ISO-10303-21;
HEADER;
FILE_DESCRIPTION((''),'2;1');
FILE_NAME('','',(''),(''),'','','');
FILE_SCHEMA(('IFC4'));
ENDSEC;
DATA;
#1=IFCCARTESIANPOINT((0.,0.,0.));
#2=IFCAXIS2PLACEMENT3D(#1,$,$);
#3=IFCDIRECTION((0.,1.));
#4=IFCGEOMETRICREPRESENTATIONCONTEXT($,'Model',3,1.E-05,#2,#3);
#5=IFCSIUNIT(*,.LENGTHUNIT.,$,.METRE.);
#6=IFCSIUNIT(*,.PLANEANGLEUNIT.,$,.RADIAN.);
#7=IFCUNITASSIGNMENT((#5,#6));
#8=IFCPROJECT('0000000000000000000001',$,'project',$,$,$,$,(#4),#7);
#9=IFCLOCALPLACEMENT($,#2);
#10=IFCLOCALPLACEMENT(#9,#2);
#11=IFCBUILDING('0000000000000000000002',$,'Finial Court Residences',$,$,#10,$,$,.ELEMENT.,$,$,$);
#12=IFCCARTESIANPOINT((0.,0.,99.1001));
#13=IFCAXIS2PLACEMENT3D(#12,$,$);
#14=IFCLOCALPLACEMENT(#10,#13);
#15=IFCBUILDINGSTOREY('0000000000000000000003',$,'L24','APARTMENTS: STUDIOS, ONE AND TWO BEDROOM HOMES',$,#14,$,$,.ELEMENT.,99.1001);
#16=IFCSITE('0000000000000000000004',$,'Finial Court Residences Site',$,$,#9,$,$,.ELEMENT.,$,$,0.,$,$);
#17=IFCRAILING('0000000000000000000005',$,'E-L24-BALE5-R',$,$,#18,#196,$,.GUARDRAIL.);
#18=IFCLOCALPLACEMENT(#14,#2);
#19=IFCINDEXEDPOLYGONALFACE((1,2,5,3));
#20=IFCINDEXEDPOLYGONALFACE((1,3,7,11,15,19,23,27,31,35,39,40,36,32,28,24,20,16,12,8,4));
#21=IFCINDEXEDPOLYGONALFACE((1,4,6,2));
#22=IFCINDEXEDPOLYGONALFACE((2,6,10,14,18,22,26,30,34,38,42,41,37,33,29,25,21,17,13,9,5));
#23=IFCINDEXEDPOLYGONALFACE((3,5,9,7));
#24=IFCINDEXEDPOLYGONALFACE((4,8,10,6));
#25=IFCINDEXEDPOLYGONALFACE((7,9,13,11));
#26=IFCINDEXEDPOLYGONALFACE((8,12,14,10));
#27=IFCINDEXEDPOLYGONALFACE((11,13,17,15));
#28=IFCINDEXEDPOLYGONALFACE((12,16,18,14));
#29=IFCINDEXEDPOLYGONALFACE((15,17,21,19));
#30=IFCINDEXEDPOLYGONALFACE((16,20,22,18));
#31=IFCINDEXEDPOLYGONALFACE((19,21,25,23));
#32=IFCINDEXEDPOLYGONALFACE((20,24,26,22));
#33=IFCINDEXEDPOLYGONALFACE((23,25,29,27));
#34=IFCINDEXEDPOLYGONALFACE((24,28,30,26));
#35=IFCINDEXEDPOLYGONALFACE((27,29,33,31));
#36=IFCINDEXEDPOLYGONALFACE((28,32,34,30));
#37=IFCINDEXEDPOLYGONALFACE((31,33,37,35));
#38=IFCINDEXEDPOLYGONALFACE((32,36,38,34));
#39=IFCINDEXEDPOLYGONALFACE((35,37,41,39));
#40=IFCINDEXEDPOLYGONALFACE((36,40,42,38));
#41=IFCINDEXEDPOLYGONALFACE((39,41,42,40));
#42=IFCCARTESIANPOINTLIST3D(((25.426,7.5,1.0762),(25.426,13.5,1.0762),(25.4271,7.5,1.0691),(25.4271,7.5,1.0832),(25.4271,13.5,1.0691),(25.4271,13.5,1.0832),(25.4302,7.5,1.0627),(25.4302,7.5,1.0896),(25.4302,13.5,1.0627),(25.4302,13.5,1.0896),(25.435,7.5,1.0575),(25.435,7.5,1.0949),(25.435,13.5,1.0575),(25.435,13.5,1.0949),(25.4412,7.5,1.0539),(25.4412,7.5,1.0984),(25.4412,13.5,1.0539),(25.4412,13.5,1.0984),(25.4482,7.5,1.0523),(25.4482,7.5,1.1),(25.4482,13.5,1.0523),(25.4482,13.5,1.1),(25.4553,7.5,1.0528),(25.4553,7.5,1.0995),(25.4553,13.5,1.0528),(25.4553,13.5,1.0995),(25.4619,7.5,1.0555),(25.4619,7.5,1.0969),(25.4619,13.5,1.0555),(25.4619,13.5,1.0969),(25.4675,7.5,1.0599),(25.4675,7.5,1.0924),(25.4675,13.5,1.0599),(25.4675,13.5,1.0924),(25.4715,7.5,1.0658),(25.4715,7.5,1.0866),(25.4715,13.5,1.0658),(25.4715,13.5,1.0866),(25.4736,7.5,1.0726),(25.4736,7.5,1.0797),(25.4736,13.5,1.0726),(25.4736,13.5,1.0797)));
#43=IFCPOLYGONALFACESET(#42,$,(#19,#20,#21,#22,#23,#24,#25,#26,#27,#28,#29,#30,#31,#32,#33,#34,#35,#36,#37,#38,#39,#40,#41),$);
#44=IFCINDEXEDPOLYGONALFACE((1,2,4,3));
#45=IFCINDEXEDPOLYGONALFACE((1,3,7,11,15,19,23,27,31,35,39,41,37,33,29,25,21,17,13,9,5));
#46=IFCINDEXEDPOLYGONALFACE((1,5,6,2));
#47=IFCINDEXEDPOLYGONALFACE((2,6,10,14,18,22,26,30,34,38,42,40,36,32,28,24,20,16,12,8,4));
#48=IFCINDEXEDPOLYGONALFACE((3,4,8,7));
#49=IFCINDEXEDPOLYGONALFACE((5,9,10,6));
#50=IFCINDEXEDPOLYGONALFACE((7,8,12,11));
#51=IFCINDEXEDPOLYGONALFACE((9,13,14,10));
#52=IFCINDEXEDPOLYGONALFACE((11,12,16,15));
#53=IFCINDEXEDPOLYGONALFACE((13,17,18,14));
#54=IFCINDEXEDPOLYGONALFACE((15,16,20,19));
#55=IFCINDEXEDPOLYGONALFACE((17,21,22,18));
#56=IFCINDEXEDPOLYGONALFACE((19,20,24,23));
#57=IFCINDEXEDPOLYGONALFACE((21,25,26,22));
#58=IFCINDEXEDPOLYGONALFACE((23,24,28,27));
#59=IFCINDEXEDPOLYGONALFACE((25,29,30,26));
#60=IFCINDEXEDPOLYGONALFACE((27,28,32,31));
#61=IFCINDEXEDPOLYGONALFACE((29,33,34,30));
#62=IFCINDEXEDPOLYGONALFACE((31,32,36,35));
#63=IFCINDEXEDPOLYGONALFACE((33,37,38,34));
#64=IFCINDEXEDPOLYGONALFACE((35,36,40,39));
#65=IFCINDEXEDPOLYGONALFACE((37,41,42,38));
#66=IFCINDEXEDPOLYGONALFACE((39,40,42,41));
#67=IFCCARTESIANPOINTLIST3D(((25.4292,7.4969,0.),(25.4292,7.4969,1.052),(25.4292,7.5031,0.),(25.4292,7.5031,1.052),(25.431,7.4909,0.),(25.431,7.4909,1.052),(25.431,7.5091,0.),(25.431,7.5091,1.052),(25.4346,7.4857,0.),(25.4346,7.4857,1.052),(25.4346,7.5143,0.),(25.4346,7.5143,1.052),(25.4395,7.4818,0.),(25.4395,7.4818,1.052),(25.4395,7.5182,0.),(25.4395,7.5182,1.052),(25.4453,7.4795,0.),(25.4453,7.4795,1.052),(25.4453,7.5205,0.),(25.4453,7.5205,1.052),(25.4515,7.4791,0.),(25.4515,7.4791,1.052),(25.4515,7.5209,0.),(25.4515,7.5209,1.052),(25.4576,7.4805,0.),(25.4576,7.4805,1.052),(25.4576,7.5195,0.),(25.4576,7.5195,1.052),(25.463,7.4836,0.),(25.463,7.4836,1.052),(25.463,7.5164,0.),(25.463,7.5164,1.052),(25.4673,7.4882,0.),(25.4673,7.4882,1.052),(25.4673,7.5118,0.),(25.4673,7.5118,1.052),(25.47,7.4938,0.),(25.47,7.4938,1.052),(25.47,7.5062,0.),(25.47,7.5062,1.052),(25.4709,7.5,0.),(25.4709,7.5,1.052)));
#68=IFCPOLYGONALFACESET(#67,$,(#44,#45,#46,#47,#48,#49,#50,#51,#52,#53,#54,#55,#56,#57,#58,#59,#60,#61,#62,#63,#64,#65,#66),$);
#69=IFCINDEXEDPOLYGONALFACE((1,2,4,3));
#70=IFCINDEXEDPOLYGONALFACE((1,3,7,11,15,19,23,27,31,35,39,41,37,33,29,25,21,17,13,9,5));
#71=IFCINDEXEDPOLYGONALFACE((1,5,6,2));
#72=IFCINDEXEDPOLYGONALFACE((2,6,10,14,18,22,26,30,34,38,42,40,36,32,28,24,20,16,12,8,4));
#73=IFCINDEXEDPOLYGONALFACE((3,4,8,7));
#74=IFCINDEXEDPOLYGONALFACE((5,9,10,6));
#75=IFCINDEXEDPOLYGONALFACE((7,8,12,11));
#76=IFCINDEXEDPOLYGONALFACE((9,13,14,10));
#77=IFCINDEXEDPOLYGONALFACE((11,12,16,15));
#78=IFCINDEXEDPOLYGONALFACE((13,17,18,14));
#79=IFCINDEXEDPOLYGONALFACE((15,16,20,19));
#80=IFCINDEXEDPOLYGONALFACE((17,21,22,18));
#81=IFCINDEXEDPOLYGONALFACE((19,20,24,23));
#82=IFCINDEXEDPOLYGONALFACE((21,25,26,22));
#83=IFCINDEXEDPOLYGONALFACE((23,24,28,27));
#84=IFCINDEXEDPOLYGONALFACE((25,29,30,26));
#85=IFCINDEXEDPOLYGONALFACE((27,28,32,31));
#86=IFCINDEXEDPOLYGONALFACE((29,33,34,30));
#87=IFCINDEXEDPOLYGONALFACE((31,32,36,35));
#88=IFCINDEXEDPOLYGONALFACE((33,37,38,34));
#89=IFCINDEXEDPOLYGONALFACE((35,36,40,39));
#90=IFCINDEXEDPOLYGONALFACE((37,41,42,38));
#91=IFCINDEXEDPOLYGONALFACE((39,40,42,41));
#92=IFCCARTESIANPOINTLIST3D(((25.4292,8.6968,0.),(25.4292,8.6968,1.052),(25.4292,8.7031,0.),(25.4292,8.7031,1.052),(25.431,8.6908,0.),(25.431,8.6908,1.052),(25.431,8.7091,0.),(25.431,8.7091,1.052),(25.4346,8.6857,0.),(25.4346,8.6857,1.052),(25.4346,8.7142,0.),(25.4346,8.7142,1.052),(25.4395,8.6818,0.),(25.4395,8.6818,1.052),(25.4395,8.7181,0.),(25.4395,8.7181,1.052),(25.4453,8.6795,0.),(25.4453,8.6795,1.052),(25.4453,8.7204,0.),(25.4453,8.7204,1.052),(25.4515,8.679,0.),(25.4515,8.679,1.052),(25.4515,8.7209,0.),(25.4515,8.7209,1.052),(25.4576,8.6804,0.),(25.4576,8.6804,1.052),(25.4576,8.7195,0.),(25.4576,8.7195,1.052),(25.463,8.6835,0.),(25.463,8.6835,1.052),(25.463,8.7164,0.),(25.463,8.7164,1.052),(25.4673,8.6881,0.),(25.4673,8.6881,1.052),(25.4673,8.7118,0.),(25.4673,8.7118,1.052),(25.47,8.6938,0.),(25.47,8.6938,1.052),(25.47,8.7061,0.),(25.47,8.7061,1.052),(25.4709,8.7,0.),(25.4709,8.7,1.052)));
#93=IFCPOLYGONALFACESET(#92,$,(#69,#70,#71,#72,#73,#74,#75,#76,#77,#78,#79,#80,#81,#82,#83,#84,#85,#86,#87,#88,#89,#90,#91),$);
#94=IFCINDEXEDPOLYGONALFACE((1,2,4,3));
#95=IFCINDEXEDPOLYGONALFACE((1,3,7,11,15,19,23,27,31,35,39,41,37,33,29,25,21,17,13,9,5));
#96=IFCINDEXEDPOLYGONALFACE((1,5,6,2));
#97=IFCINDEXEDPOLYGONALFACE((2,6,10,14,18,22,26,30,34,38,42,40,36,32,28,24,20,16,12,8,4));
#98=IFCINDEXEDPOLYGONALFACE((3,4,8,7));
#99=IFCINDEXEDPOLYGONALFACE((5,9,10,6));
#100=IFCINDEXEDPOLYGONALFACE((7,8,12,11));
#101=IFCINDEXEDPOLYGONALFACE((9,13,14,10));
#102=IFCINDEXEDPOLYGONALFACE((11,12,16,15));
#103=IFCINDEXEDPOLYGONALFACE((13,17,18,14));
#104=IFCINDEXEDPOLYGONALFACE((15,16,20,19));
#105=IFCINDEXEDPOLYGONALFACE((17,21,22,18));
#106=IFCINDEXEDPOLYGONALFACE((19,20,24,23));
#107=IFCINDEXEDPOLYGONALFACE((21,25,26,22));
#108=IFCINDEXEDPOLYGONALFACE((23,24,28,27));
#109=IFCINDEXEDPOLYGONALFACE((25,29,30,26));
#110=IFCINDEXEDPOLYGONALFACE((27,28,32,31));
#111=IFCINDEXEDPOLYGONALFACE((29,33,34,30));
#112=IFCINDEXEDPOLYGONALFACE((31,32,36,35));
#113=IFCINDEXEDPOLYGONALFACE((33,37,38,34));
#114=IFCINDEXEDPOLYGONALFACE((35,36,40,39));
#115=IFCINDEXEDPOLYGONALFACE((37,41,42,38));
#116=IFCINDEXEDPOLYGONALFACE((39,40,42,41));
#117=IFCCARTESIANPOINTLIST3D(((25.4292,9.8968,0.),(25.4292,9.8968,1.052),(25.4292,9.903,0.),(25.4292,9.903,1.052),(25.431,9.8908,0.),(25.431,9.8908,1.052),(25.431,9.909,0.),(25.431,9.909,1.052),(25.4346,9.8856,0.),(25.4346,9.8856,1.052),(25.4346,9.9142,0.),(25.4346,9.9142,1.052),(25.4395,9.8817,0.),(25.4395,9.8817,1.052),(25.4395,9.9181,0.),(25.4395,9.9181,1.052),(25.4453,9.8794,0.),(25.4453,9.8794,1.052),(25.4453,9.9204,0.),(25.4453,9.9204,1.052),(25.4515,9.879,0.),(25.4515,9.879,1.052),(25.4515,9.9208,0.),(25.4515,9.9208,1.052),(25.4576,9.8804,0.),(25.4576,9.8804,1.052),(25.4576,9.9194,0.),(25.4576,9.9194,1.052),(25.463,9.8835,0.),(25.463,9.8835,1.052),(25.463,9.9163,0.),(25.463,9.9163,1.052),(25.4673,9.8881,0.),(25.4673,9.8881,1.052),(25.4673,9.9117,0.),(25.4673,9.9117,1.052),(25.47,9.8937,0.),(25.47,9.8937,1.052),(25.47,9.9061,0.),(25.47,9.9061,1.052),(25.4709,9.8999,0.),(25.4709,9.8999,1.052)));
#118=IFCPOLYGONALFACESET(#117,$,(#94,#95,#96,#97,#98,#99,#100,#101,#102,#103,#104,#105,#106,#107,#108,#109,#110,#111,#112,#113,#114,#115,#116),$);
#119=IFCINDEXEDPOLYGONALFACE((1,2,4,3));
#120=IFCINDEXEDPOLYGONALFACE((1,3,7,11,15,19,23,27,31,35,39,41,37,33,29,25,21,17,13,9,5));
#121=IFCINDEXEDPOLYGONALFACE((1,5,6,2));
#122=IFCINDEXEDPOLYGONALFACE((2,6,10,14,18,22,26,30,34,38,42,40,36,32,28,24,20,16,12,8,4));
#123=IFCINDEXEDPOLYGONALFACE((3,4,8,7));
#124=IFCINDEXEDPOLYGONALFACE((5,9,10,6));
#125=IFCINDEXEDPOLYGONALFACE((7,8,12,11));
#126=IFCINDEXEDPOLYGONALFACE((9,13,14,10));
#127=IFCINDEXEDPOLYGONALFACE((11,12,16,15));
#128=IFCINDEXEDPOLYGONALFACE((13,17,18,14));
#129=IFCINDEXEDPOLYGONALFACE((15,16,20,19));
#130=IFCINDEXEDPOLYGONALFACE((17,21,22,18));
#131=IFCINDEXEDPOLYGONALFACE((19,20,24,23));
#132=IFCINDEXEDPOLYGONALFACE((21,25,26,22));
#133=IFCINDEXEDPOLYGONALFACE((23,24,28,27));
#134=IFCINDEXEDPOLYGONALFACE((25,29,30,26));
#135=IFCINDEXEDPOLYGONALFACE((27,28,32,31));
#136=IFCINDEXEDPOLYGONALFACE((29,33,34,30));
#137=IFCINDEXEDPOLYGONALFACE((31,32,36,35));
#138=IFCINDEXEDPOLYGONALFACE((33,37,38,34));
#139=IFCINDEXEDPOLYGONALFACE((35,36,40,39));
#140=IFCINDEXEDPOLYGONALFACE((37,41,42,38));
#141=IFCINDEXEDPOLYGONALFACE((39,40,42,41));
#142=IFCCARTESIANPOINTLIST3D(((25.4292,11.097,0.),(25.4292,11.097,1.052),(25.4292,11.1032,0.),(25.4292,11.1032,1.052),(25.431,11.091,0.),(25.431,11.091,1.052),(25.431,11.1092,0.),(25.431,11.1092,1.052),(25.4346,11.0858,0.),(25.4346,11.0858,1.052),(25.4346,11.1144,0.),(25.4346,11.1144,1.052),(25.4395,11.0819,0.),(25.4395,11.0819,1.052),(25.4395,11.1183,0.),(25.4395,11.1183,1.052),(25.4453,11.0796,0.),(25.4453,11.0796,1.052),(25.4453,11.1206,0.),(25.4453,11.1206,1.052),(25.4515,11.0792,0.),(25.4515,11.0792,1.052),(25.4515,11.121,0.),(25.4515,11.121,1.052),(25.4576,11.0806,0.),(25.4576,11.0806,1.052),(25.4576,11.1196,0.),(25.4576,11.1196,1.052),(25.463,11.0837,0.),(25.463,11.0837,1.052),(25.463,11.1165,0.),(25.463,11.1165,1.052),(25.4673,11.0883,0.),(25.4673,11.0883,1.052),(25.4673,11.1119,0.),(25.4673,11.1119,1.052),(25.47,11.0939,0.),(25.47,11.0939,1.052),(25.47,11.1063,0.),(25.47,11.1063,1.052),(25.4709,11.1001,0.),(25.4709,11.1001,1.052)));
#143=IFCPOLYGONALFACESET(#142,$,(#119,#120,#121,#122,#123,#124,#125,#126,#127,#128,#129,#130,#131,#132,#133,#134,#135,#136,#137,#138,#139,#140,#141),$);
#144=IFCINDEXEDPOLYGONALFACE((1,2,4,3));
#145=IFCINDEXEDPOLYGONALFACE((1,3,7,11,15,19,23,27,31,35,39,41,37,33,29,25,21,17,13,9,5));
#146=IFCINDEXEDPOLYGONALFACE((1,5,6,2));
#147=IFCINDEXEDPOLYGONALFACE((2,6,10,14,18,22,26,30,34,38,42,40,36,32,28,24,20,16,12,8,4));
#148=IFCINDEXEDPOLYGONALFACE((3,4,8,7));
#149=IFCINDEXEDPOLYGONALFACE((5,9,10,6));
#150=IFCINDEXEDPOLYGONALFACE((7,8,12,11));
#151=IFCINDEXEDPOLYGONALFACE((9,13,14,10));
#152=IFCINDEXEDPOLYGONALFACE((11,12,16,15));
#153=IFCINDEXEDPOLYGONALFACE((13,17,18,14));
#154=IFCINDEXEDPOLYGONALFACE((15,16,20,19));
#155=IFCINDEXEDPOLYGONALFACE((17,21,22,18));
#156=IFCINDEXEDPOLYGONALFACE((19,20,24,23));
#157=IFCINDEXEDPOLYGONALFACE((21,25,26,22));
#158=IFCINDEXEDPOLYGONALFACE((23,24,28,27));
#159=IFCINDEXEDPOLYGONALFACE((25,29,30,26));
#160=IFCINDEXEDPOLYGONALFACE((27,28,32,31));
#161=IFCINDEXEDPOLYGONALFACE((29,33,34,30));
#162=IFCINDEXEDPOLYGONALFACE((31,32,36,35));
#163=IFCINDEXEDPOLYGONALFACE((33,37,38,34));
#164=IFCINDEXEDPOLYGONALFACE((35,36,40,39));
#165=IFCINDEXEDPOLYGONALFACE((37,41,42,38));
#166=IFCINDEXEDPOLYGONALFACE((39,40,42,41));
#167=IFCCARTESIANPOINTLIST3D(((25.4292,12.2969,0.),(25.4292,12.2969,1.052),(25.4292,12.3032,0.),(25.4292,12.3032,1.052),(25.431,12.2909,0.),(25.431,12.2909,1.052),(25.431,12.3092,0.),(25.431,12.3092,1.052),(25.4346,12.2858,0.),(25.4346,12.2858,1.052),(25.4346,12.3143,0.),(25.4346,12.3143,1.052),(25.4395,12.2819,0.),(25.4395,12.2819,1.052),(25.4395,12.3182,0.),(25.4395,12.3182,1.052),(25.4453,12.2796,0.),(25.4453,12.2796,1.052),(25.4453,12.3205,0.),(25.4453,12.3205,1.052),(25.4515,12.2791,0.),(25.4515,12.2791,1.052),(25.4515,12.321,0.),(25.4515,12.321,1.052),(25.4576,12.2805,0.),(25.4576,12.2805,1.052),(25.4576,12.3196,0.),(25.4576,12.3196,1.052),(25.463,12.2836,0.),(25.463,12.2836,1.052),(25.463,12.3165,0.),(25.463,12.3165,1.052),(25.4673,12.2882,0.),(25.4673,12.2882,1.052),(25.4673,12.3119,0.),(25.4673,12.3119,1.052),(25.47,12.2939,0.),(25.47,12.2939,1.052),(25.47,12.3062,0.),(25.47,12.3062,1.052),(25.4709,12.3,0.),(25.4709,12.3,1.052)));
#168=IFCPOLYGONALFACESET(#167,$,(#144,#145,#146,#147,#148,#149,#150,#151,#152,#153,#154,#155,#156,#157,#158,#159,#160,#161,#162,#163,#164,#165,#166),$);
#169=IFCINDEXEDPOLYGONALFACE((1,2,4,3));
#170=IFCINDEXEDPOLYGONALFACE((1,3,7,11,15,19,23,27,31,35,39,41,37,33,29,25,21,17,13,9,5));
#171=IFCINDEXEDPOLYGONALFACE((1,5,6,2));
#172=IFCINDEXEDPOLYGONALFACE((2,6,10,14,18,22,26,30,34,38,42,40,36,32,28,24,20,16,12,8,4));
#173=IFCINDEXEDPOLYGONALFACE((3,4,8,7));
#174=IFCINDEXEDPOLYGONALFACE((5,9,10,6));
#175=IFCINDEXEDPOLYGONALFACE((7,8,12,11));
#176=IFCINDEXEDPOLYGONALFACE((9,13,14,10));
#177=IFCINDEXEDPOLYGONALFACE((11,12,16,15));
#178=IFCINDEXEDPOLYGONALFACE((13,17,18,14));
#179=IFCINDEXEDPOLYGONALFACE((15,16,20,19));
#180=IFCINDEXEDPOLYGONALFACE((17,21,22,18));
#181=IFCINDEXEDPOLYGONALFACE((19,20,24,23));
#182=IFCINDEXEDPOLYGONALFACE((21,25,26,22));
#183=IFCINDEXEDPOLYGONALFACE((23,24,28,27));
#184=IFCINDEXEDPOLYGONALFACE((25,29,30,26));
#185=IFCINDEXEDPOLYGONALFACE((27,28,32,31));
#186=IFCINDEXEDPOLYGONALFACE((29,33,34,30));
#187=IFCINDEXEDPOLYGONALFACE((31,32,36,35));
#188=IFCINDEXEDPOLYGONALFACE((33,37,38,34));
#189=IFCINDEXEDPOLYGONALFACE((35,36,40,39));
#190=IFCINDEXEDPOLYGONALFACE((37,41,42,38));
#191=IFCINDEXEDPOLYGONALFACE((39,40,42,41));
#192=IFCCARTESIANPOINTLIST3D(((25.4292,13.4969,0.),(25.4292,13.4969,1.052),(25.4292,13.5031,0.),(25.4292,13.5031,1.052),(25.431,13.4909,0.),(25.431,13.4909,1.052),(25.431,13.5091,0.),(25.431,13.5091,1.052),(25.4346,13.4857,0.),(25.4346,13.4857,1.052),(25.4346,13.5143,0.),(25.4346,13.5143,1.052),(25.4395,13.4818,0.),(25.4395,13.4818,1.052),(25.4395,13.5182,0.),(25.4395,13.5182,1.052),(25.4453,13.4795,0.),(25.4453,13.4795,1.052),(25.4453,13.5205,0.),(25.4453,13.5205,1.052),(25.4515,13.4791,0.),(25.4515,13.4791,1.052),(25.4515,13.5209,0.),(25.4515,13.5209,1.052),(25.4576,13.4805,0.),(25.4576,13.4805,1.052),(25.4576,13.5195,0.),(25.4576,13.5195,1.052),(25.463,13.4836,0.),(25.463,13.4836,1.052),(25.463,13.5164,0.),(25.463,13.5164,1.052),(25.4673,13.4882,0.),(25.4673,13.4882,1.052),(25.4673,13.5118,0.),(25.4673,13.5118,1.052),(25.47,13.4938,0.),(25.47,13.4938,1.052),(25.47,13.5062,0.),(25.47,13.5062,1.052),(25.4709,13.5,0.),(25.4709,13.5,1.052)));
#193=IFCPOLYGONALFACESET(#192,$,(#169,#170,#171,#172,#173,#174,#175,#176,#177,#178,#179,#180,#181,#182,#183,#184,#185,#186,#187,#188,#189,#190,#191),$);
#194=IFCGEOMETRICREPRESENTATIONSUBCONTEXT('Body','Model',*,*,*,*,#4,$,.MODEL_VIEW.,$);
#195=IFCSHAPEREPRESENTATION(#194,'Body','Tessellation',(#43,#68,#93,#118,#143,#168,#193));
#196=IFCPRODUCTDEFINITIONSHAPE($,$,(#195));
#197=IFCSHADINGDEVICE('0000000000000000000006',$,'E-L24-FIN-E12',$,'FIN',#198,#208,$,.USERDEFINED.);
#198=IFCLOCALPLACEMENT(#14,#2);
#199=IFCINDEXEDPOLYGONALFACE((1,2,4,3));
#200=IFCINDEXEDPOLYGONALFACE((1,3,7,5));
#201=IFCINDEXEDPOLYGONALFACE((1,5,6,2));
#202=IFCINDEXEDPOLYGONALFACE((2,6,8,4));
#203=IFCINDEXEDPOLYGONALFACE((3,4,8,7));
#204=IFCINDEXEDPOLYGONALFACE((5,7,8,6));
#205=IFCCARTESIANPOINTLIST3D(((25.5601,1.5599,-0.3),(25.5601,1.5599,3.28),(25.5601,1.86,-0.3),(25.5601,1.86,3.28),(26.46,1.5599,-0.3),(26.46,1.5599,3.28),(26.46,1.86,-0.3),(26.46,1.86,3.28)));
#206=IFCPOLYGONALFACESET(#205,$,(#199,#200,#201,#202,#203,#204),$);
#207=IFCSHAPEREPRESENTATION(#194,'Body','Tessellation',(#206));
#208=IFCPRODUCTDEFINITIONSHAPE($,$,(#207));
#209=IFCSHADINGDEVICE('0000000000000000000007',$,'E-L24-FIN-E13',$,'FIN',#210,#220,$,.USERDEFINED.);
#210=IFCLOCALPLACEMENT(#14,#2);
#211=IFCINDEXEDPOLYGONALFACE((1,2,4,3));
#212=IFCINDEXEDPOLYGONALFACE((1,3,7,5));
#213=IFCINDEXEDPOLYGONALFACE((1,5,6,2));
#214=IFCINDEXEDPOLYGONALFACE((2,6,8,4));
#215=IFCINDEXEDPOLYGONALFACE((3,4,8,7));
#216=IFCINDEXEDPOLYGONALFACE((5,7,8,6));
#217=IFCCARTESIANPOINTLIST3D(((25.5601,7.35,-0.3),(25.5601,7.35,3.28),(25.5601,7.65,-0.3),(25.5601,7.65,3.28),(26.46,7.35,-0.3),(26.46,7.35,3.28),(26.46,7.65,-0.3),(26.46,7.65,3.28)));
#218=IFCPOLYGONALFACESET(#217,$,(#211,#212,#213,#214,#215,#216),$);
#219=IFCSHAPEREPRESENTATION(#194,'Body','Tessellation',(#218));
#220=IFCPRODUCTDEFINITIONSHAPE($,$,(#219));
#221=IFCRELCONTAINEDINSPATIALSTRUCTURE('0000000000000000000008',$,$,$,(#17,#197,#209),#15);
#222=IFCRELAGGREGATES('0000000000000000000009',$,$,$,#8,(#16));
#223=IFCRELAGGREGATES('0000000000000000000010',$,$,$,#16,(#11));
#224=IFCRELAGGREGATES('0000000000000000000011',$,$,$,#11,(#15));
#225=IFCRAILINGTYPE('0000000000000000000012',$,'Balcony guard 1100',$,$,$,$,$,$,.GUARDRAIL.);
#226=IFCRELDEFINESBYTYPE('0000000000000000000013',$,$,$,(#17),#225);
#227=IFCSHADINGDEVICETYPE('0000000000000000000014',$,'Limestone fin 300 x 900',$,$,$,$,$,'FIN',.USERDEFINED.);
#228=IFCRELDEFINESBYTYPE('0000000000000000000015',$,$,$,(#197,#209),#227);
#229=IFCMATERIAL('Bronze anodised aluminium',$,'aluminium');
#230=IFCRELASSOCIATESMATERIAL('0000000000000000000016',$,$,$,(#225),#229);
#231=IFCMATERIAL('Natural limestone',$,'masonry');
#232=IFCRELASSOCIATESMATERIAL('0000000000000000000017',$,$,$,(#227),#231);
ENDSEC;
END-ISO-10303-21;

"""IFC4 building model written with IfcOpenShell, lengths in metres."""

from ifc_helpers import new_model, si_unit, direction, frame, origin, origin_2d, place, context, subcontext, project, spatial, rectangle, circle, extrude, material, type_object, element, save


model = new_model("IFC4")

# Units and contexts
model_context = context("Model", 3, precision=1e-05, world=origin(), true_north=direction((0.0, 1.0)))
body_context = subcontext(model_context, "Body", "Model", "MODEL_VIEW")
ifc_project = project(units=[si_unit("LENGTHUNIT", "METRE"), si_unit("PLANEANGLEUNIT", "RADIAN")], contexts=[model_context])

# Site, building, storey
site_placement = place(None, origin())
site = spatial("IfcSite", under=ifc_project, at=site_placement, Name="Finial Court Residences Site", CompositionType="ELEMENT", RefElevation=0.0)
building_placement = place(site_placement, origin())
building = spatial("IfcBuilding", under=site, at=building_placement, Name="Finial Court Residences", CompositionType="ELEMENT")
storey_placement = place(building_placement, frame((0.0, 0.0, 99.1001)))
storey = spatial("IfcBuildingStorey", under=building, at=storey_placement, Name="L24", Description="APARTMENTS: STUDIOS, ONE AND TWO BEDROOM HOMES", CompositionType="ELEMENT", Elevation=99.1001)

# Shared definitions
ifc_material_1 = material(Name="Bronze anodised aluminium", Category="aluminium")

# Shared definitions
ifc_material_2 = material(Name="Natural limestone", Category="masonry")

# Railing
railing_type = type_object("IfcRailingType", Name="Balcony guard 1100", PredefinedType="GUARDRAIL", material=ifc_material_1)
railing_placement = place(storey_placement, frame((25.45, 7.5, 0.0)))
element("IfcRailing", 1, at=railing_placement, inside=storey, type_object=railing_type, Name="E-L24-BALE5-R", PredefinedType="GUARDRAIL", context=body_context, shape_type="SweptSolid", body=[
    extrude(circle(Radius=0.0239, at=origin_2d()), frame((0.0, 0.0, 1.0762), z_axis=(0.0, 1.0, 0.0), x_axis=(-1.0, 0.0, 0.0)), (0.0, 0.0, 1.0), 6.0),
    extrude(circle(Radius=0.021, at=origin_2d()), origin(), (0.0, 0.0, 1.0), 1.052),
    extrude(circle(Radius=0.021, at=origin_2d()), frame((0.0, 1.2, 0.0)), (0.0, 0.0, 1.0), 1.052),
    extrude(circle(Radius=0.021, at=origin_2d()), frame((0.0, 2.3999, 0.0)), (0.0, 0.0, 1.0), 1.052),
    extrude(circle(Radius=0.021, at=origin_2d()), frame((0.0, 3.6001, 0.0)), (0.0, 0.0, 1.0), 1.052),
    extrude(circle(Radius=0.021, at=origin_2d()), frame((0.0, 4.8, 0.0)), (0.0, 0.0, 1.0), 1.052),
    extrude(circle(Radius=0.021, at=origin_2d()), frame((0.0, 6.0, 0.0)), (0.0, 0.0, 1.0), 1.052),
])

# Shading devices
shading_device_type = type_object("IfcShadingDeviceType", Name="Limestone fin 300 x 900", ElementType="FIN", PredefinedType="USERDEFINED", material=ifc_material_2)
for number, where, z_axis, x_axis, name in (
    (2, (26.01, 1.71, -0.3), (0.0, 0.0, 1.0), (1.0, 0.0, 0.0), "E-L24-FIN-E12"),
    (3, (26.01, 7.5, -0.3), (0.0, 0.0, 1.0), (1.0, 0.0, 0.0), "E-L24-FIN-E13"),
):
    element("IfcShadingDevice", number, at=place(storey_placement, frame(where, z_axis=z_axis, x_axis=x_axis)), inside=storey, type_object=shading_device_type, Name=name, ObjectType="FIN", PredefinedType="USERDEFINED", context=body_context, shape_type="SweptSolid", body=[
        extrude(rectangle(XDim=0.8999, YDim=0.3, at=origin_2d()), origin(), (0.0, 0.0, 1.0), 3.5801),
    ])

save(model, "model.ifc")
